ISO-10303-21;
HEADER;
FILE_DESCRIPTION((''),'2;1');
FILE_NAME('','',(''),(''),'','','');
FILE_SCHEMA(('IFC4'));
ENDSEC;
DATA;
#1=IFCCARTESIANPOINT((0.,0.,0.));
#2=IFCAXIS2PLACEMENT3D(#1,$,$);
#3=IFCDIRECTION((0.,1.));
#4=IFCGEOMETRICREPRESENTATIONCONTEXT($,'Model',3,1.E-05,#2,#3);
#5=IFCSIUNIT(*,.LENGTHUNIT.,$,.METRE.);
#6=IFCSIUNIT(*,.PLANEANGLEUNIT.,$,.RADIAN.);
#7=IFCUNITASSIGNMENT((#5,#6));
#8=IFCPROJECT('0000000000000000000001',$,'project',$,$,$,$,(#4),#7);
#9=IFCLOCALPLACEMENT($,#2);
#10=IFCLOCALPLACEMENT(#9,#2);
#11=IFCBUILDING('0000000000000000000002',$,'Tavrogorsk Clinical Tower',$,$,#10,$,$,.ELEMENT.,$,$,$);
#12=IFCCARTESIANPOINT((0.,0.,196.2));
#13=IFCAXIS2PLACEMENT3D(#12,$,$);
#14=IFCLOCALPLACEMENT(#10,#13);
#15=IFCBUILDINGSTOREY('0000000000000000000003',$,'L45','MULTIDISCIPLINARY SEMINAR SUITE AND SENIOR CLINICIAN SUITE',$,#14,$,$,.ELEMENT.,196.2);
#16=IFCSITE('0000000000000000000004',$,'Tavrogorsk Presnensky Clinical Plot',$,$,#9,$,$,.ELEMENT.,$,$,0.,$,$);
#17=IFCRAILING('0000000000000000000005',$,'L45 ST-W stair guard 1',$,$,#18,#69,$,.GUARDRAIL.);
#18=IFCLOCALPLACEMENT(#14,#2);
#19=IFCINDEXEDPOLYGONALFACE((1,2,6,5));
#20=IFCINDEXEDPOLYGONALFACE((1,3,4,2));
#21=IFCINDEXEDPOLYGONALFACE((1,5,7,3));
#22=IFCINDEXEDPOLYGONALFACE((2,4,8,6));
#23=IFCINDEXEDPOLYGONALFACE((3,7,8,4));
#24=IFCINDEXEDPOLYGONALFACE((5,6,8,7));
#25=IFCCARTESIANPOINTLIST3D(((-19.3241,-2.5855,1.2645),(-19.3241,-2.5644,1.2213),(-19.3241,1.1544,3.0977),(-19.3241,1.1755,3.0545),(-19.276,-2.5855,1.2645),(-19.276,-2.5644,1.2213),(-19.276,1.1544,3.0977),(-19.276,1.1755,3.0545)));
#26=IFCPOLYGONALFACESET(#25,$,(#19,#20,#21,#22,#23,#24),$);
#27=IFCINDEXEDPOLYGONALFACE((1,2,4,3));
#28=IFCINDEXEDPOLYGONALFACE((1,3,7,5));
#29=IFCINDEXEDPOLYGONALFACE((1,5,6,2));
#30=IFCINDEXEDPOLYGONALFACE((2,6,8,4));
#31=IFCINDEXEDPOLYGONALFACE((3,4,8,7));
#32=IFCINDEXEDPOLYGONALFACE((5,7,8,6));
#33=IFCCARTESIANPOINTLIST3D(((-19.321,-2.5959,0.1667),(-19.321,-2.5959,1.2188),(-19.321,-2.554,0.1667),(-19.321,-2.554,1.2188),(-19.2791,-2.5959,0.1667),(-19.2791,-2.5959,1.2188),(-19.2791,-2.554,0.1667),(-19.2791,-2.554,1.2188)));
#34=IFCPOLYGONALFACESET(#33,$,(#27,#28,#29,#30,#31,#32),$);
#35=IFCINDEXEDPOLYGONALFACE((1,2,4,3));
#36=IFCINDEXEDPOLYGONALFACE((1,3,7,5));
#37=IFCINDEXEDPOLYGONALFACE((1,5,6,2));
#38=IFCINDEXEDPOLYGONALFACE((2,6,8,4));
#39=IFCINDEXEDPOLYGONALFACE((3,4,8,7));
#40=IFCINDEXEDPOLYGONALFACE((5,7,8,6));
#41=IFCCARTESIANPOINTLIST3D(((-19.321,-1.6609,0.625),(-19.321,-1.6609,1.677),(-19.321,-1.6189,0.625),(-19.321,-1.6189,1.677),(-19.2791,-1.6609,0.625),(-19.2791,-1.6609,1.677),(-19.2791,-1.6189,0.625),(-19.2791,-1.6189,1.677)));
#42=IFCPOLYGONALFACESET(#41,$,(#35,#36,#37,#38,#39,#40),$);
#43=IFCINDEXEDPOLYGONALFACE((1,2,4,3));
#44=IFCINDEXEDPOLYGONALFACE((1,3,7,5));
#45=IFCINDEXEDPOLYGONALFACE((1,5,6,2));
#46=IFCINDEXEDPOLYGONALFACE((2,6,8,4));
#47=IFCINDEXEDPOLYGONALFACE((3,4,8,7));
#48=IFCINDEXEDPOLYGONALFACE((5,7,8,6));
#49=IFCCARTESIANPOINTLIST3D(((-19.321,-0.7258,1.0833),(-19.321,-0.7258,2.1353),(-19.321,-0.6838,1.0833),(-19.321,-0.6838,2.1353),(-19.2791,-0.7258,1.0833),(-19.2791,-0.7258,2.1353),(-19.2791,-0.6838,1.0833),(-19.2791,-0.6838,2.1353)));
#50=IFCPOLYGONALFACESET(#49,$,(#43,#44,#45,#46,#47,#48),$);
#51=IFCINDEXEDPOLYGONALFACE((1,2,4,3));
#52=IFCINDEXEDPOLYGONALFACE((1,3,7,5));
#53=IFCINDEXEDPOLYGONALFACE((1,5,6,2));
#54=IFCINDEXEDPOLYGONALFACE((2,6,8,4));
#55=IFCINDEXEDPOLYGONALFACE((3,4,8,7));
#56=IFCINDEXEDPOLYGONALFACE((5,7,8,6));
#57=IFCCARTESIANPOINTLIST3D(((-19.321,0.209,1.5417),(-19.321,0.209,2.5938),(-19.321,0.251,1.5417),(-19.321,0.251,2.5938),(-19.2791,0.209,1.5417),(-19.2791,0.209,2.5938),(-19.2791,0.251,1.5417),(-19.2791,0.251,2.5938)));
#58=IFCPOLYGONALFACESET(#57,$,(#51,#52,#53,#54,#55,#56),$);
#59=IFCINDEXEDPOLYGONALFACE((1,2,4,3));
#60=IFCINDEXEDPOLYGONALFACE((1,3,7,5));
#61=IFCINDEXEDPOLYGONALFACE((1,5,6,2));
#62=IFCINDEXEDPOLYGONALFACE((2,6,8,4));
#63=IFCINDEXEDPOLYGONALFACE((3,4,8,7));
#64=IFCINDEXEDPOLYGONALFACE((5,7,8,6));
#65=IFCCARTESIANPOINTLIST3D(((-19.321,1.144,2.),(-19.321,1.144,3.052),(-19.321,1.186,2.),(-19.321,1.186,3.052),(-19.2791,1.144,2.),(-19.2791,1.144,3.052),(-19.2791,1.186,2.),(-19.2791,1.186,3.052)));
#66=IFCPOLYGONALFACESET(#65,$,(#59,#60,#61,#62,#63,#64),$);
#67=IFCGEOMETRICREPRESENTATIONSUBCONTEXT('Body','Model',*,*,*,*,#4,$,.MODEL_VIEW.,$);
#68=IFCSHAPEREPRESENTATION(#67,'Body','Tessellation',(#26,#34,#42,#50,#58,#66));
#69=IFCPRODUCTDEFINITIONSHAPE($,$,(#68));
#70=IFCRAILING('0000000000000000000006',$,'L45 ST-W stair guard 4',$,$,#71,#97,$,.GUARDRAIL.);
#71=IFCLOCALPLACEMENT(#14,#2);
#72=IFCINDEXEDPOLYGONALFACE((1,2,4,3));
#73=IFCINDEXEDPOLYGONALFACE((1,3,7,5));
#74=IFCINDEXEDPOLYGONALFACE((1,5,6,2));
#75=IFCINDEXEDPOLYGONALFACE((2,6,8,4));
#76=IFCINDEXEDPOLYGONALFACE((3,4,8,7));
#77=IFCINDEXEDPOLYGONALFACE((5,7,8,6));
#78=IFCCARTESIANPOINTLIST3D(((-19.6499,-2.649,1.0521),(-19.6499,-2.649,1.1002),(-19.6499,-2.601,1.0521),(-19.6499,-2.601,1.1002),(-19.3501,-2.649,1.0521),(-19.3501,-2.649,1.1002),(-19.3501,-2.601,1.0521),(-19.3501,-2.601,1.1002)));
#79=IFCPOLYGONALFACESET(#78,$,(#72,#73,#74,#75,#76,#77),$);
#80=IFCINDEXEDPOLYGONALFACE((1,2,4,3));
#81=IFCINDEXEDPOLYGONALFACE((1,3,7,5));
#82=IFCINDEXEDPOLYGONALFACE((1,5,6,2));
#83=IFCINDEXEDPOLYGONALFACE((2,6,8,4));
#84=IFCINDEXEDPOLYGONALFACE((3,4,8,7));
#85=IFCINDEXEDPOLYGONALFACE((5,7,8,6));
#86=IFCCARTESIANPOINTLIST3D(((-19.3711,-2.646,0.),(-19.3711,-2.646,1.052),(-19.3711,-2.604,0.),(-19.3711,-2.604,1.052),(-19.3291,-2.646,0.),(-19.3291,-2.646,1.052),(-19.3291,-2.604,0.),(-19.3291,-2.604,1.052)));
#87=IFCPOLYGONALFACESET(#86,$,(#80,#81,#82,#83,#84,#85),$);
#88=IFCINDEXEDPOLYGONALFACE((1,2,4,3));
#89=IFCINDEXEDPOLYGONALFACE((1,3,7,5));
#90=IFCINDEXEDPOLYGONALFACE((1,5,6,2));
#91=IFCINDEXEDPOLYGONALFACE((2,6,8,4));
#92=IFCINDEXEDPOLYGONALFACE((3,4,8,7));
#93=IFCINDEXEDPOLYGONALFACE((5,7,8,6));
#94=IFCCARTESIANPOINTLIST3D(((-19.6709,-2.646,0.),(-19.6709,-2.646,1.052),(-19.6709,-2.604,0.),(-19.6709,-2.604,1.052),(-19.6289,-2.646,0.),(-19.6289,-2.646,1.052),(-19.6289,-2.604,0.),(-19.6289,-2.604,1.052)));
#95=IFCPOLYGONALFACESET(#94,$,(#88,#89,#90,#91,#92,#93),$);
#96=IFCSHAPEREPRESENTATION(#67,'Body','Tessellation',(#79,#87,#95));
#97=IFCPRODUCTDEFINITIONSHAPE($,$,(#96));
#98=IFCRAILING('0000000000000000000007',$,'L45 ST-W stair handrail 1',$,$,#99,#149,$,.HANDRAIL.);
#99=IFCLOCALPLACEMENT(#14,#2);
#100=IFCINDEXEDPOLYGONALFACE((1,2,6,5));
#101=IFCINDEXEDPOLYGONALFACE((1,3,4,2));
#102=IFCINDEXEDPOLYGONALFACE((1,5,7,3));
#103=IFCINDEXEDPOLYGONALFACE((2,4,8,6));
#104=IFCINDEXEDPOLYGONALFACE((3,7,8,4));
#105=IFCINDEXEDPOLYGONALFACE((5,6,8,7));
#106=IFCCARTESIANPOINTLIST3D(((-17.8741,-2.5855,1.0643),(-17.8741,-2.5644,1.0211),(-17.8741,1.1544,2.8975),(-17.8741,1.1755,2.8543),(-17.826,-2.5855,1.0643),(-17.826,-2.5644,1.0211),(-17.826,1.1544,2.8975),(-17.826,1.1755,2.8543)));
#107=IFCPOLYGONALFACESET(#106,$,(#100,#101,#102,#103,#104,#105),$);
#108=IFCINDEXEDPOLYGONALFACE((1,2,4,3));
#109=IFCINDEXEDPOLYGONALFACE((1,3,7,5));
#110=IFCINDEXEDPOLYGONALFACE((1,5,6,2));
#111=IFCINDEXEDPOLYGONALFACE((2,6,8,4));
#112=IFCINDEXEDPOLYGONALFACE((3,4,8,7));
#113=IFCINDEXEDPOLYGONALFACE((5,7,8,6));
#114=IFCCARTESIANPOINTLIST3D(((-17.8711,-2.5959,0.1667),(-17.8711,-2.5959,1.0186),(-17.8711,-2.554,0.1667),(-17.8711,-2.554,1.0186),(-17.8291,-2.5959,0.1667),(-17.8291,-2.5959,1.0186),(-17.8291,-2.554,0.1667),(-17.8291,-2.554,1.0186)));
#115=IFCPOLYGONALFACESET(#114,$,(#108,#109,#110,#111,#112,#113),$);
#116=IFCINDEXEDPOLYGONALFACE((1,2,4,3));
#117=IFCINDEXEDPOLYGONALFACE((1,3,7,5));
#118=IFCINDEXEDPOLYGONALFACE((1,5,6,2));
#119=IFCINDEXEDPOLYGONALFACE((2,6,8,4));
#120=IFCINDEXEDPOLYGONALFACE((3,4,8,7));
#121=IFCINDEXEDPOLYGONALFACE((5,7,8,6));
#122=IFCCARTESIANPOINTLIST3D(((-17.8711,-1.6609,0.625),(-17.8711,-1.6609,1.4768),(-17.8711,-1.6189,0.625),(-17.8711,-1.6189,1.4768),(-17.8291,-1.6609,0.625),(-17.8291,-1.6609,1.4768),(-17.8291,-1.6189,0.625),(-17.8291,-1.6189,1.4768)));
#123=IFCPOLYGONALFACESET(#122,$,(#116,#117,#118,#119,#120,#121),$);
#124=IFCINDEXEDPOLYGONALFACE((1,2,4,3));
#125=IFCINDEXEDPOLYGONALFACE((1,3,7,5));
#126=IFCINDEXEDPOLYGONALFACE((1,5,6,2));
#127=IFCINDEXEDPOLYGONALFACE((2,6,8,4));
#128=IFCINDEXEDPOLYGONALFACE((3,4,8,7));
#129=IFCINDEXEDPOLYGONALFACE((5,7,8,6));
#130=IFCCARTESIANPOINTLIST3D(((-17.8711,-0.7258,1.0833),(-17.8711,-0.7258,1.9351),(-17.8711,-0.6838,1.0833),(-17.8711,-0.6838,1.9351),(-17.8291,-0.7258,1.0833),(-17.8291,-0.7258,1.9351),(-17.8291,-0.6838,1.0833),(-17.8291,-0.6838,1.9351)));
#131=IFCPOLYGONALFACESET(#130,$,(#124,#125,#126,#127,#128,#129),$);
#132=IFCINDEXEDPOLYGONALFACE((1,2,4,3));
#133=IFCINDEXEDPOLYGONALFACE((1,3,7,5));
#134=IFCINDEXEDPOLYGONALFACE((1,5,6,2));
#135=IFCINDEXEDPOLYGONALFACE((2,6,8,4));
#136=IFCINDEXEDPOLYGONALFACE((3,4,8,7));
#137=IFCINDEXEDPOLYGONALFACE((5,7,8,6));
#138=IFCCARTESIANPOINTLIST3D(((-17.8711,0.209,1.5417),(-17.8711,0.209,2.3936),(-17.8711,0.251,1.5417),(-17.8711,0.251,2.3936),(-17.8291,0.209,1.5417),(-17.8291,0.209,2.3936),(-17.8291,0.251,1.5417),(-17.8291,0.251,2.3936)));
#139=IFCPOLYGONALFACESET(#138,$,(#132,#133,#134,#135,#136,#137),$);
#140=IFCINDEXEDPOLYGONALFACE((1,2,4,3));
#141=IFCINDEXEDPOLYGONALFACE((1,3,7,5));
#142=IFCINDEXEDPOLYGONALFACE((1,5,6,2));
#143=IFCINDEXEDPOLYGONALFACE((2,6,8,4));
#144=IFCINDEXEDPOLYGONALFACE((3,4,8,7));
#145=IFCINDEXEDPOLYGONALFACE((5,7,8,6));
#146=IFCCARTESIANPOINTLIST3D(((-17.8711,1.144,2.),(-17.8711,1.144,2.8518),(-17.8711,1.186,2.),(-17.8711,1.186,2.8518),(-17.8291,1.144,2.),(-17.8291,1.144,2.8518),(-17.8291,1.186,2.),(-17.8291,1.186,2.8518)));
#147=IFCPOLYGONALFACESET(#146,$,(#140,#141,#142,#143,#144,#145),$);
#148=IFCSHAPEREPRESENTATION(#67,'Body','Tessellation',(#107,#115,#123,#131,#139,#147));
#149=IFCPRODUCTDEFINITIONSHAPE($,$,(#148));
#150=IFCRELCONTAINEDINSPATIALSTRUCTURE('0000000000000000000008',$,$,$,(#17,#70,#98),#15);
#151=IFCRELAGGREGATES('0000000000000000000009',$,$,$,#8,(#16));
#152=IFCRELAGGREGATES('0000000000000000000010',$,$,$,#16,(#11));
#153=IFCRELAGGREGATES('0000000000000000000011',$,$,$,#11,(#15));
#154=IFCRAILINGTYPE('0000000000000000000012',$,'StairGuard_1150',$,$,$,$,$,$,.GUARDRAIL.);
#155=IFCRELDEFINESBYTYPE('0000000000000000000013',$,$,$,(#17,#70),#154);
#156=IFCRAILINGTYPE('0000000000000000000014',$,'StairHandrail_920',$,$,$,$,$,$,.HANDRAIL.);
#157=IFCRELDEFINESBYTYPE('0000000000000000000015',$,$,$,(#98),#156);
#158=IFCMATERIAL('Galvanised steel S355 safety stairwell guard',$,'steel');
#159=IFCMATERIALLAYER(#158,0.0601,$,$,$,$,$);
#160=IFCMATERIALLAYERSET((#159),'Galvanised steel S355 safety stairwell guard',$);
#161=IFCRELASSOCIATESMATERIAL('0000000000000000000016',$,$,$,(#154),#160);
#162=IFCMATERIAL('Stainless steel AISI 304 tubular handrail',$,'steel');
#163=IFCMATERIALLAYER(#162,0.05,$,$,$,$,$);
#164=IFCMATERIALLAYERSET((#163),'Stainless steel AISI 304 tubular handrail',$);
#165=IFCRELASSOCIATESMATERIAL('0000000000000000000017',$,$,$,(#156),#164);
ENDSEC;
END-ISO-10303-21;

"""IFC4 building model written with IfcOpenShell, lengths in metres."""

from ifc_helpers import new_model, si_unit, direction, frame, origin, origin_2d, place, context, subcontext, project, spatial, rectangle, extrude, material, layer, layer_set, type_object, element, save


model = new_model("IFC4")

# Units and contexts
model_context = context("Model", 3, precision=1e-05, world=origin(), true_north=direction((0.0, 1.0)))
body_context = subcontext(model_context, "Body", "Model", "MODEL_VIEW")
ifc_project = project(units=[si_unit("LENGTHUNIT", "METRE"), si_unit("PLANEANGLEUNIT", "RADIAN")], contexts=[model_context])

# Site, building, storey
site_placement = place(None, origin())
site = spatial("IfcSite", under=ifc_project, at=site_placement, Name="Tavrogorsk Presnensky Clinical Plot", CompositionType="ELEMENT", RefElevation=0.0)
building_placement = place(site_placement, origin())
building = spatial("IfcBuilding", under=site, at=building_placement, Name="Tavrogorsk Clinical Tower", CompositionType="ELEMENT")
storey_placement = place(building_placement, frame((0.0, 0.0, 196.2)))
storey = spatial("IfcBuildingStorey", under=building, at=storey_placement, Name="L45", Description="MULTIDISCIPLINARY SEMINAR SUITE AND SENIOR CLINICIAN SUITE", CompositionType="ELEMENT", Elevation=196.2)

# Railings
ifc_material_1 = material(Name="Galvanised steel S355 safety stairwell guard", Category="steel")
ifc_layer_1 = layer(ifc_material_1, 0.0601)
ifc_layer_set_1 = layer_set([ifc_layer_1], Name="Galvanised steel S355 safety stairwell guard")
railing_type_1 = type_object("IfcRailingType", Name="StairGuard_1150", PredefinedType="GUARDRAIL", material=ifc_layer_set_1)
railing_1_placement = place(storey_placement, frame((-19.3, -2.575, 0.1667)))
element("IfcRailing", 1, at=railing_1_placement, inside=storey, type_object=railing_type_1, Name="L45 ST-W stair guard 1", PredefinedType="GUARDRAIL", context=body_context, shape_type="SweptSolid", body=[
    extrude(rectangle(XDim=0.0481, YDim=0.0481, at=origin_2d()), frame((0.0, 0.0, 1.0762), z_axis=(0.0, 0.897928, 0.440142), x_axis=(-1.0, 0.0, 0.0)), (0.0, 0.0, 1.0), 4.165),
    extrude(rectangle(XDim=0.042, YDim=0.042, at=origin_2d()), origin(), (0.0, 0.0, 1.0), 1.052),
    extrude(rectangle(XDim=0.042, YDim=0.042, at=origin_2d()), frame((0.0, 0.9351, 0.4583)), (0.0, 0.0, 1.0), 1.052),
    extrude(rectangle(XDim=0.042, YDim=0.042, at=origin_2d()), frame((0.0, 1.8701, 0.9165)), (0.0, 0.0, 1.0), 1.052),
    extrude(rectangle(XDim=0.042, YDim=0.042, at=origin_2d()), frame((0.0, 2.8049, 1.375)), (0.0, 0.0, 1.0), 1.052),
    extrude(rectangle(XDim=0.042, YDim=0.042, at=origin_2d()), frame((0.0, 3.74, 1.8333)), (0.0, 0.0, 1.0), 1.052),
])
railing_2_placement = place(storey_placement, frame((-19.3501, -2.625, 0.0)))
element("IfcRailing", 2, at=railing_2_placement, inside=storey, type_object=railing_type_1, Name="L45 ST-W stair guard 4", PredefinedType="GUARDRAIL", context=body_context, shape_type="SweptSolid", body=[
    extrude(rectangle(XDim=0.0481, YDim=0.0481, at=origin_2d()), frame((0.0, 0.0, 1.0762), z_axis=(-1.0, 0.0, 0.0), x_axis=(0.0, -1.0, 0.0)), (0.0, 0.0, 1.0), 0.2998),
    extrude(rectangle(XDim=0.042, YDim=0.042, at=origin_2d()), origin(), (0.0, 0.0, 1.0), 1.052),
    extrude(rectangle(XDim=0.042, YDim=0.042, at=origin_2d()), frame((-0.2998, 0.0, 0.0)), (0.0, 0.0, 1.0), 1.052),
])
ifc_material_2 = material(Name="Stainless steel AISI 304 tubular handrail", Category="steel")
ifc_layer_2 = layer(ifc_material_2, 0.05)
ifc_layer_set_2 = layer_set([ifc_layer_2], Name="Stainless steel AISI 304 tubular handrail")
railing_type_2 = type_object("IfcRailingType", Name="StairHandrail_920", PredefinedType="HANDRAIL", material=ifc_layer_set_2)
railing_3_placement = place(storey_placement, frame((-17.8501, -2.575, 0.1667)))
element("IfcRailing", 3, at=railing_3_placement, inside=storey, type_object=railing_type_2, Name="L45 ST-W stair handrail 1", PredefinedType="HANDRAIL", context=body_context, shape_type="SweptSolid", body=[
    extrude(rectangle(XDim=0.0481, YDim=0.0481, at=origin_2d()), frame((0.0, 0.0, 0.876), z_axis=(0.0, 0.897928, 0.440142), x_axis=(-1.0, 0.0, 0.0)), (0.0, 0.0, 1.0), 4.165),
    extrude(rectangle(XDim=0.042, YDim=0.042, at=origin_2d()), origin(), (0.0, 0.0, 1.0), 0.8518),
    extrude(rectangle(XDim=0.042, YDim=0.042, at=origin_2d()), frame((0.0, 0.9351, 0.4583)), (0.0, 0.0, 1.0), 0.8518),
    extrude(rectangle(XDim=0.042, YDim=0.042, at=origin_2d()), frame((0.0, 1.8701, 0.9165)), (0.0, 0.0, 1.0), 0.8518),
    extrude(rectangle(XDim=0.042, YDim=0.042, at=origin_2d()), frame((0.0, 2.8049, 1.375)), (0.0, 0.0, 1.0), 0.8518),
    extrude(rectangle(XDim=0.042, YDim=0.042, at=origin_2d()), frame((0.0, 3.74, 1.8333)), (0.0, 0.0, 1.0), 0.8518),
])

save(model, "model.ifc")
